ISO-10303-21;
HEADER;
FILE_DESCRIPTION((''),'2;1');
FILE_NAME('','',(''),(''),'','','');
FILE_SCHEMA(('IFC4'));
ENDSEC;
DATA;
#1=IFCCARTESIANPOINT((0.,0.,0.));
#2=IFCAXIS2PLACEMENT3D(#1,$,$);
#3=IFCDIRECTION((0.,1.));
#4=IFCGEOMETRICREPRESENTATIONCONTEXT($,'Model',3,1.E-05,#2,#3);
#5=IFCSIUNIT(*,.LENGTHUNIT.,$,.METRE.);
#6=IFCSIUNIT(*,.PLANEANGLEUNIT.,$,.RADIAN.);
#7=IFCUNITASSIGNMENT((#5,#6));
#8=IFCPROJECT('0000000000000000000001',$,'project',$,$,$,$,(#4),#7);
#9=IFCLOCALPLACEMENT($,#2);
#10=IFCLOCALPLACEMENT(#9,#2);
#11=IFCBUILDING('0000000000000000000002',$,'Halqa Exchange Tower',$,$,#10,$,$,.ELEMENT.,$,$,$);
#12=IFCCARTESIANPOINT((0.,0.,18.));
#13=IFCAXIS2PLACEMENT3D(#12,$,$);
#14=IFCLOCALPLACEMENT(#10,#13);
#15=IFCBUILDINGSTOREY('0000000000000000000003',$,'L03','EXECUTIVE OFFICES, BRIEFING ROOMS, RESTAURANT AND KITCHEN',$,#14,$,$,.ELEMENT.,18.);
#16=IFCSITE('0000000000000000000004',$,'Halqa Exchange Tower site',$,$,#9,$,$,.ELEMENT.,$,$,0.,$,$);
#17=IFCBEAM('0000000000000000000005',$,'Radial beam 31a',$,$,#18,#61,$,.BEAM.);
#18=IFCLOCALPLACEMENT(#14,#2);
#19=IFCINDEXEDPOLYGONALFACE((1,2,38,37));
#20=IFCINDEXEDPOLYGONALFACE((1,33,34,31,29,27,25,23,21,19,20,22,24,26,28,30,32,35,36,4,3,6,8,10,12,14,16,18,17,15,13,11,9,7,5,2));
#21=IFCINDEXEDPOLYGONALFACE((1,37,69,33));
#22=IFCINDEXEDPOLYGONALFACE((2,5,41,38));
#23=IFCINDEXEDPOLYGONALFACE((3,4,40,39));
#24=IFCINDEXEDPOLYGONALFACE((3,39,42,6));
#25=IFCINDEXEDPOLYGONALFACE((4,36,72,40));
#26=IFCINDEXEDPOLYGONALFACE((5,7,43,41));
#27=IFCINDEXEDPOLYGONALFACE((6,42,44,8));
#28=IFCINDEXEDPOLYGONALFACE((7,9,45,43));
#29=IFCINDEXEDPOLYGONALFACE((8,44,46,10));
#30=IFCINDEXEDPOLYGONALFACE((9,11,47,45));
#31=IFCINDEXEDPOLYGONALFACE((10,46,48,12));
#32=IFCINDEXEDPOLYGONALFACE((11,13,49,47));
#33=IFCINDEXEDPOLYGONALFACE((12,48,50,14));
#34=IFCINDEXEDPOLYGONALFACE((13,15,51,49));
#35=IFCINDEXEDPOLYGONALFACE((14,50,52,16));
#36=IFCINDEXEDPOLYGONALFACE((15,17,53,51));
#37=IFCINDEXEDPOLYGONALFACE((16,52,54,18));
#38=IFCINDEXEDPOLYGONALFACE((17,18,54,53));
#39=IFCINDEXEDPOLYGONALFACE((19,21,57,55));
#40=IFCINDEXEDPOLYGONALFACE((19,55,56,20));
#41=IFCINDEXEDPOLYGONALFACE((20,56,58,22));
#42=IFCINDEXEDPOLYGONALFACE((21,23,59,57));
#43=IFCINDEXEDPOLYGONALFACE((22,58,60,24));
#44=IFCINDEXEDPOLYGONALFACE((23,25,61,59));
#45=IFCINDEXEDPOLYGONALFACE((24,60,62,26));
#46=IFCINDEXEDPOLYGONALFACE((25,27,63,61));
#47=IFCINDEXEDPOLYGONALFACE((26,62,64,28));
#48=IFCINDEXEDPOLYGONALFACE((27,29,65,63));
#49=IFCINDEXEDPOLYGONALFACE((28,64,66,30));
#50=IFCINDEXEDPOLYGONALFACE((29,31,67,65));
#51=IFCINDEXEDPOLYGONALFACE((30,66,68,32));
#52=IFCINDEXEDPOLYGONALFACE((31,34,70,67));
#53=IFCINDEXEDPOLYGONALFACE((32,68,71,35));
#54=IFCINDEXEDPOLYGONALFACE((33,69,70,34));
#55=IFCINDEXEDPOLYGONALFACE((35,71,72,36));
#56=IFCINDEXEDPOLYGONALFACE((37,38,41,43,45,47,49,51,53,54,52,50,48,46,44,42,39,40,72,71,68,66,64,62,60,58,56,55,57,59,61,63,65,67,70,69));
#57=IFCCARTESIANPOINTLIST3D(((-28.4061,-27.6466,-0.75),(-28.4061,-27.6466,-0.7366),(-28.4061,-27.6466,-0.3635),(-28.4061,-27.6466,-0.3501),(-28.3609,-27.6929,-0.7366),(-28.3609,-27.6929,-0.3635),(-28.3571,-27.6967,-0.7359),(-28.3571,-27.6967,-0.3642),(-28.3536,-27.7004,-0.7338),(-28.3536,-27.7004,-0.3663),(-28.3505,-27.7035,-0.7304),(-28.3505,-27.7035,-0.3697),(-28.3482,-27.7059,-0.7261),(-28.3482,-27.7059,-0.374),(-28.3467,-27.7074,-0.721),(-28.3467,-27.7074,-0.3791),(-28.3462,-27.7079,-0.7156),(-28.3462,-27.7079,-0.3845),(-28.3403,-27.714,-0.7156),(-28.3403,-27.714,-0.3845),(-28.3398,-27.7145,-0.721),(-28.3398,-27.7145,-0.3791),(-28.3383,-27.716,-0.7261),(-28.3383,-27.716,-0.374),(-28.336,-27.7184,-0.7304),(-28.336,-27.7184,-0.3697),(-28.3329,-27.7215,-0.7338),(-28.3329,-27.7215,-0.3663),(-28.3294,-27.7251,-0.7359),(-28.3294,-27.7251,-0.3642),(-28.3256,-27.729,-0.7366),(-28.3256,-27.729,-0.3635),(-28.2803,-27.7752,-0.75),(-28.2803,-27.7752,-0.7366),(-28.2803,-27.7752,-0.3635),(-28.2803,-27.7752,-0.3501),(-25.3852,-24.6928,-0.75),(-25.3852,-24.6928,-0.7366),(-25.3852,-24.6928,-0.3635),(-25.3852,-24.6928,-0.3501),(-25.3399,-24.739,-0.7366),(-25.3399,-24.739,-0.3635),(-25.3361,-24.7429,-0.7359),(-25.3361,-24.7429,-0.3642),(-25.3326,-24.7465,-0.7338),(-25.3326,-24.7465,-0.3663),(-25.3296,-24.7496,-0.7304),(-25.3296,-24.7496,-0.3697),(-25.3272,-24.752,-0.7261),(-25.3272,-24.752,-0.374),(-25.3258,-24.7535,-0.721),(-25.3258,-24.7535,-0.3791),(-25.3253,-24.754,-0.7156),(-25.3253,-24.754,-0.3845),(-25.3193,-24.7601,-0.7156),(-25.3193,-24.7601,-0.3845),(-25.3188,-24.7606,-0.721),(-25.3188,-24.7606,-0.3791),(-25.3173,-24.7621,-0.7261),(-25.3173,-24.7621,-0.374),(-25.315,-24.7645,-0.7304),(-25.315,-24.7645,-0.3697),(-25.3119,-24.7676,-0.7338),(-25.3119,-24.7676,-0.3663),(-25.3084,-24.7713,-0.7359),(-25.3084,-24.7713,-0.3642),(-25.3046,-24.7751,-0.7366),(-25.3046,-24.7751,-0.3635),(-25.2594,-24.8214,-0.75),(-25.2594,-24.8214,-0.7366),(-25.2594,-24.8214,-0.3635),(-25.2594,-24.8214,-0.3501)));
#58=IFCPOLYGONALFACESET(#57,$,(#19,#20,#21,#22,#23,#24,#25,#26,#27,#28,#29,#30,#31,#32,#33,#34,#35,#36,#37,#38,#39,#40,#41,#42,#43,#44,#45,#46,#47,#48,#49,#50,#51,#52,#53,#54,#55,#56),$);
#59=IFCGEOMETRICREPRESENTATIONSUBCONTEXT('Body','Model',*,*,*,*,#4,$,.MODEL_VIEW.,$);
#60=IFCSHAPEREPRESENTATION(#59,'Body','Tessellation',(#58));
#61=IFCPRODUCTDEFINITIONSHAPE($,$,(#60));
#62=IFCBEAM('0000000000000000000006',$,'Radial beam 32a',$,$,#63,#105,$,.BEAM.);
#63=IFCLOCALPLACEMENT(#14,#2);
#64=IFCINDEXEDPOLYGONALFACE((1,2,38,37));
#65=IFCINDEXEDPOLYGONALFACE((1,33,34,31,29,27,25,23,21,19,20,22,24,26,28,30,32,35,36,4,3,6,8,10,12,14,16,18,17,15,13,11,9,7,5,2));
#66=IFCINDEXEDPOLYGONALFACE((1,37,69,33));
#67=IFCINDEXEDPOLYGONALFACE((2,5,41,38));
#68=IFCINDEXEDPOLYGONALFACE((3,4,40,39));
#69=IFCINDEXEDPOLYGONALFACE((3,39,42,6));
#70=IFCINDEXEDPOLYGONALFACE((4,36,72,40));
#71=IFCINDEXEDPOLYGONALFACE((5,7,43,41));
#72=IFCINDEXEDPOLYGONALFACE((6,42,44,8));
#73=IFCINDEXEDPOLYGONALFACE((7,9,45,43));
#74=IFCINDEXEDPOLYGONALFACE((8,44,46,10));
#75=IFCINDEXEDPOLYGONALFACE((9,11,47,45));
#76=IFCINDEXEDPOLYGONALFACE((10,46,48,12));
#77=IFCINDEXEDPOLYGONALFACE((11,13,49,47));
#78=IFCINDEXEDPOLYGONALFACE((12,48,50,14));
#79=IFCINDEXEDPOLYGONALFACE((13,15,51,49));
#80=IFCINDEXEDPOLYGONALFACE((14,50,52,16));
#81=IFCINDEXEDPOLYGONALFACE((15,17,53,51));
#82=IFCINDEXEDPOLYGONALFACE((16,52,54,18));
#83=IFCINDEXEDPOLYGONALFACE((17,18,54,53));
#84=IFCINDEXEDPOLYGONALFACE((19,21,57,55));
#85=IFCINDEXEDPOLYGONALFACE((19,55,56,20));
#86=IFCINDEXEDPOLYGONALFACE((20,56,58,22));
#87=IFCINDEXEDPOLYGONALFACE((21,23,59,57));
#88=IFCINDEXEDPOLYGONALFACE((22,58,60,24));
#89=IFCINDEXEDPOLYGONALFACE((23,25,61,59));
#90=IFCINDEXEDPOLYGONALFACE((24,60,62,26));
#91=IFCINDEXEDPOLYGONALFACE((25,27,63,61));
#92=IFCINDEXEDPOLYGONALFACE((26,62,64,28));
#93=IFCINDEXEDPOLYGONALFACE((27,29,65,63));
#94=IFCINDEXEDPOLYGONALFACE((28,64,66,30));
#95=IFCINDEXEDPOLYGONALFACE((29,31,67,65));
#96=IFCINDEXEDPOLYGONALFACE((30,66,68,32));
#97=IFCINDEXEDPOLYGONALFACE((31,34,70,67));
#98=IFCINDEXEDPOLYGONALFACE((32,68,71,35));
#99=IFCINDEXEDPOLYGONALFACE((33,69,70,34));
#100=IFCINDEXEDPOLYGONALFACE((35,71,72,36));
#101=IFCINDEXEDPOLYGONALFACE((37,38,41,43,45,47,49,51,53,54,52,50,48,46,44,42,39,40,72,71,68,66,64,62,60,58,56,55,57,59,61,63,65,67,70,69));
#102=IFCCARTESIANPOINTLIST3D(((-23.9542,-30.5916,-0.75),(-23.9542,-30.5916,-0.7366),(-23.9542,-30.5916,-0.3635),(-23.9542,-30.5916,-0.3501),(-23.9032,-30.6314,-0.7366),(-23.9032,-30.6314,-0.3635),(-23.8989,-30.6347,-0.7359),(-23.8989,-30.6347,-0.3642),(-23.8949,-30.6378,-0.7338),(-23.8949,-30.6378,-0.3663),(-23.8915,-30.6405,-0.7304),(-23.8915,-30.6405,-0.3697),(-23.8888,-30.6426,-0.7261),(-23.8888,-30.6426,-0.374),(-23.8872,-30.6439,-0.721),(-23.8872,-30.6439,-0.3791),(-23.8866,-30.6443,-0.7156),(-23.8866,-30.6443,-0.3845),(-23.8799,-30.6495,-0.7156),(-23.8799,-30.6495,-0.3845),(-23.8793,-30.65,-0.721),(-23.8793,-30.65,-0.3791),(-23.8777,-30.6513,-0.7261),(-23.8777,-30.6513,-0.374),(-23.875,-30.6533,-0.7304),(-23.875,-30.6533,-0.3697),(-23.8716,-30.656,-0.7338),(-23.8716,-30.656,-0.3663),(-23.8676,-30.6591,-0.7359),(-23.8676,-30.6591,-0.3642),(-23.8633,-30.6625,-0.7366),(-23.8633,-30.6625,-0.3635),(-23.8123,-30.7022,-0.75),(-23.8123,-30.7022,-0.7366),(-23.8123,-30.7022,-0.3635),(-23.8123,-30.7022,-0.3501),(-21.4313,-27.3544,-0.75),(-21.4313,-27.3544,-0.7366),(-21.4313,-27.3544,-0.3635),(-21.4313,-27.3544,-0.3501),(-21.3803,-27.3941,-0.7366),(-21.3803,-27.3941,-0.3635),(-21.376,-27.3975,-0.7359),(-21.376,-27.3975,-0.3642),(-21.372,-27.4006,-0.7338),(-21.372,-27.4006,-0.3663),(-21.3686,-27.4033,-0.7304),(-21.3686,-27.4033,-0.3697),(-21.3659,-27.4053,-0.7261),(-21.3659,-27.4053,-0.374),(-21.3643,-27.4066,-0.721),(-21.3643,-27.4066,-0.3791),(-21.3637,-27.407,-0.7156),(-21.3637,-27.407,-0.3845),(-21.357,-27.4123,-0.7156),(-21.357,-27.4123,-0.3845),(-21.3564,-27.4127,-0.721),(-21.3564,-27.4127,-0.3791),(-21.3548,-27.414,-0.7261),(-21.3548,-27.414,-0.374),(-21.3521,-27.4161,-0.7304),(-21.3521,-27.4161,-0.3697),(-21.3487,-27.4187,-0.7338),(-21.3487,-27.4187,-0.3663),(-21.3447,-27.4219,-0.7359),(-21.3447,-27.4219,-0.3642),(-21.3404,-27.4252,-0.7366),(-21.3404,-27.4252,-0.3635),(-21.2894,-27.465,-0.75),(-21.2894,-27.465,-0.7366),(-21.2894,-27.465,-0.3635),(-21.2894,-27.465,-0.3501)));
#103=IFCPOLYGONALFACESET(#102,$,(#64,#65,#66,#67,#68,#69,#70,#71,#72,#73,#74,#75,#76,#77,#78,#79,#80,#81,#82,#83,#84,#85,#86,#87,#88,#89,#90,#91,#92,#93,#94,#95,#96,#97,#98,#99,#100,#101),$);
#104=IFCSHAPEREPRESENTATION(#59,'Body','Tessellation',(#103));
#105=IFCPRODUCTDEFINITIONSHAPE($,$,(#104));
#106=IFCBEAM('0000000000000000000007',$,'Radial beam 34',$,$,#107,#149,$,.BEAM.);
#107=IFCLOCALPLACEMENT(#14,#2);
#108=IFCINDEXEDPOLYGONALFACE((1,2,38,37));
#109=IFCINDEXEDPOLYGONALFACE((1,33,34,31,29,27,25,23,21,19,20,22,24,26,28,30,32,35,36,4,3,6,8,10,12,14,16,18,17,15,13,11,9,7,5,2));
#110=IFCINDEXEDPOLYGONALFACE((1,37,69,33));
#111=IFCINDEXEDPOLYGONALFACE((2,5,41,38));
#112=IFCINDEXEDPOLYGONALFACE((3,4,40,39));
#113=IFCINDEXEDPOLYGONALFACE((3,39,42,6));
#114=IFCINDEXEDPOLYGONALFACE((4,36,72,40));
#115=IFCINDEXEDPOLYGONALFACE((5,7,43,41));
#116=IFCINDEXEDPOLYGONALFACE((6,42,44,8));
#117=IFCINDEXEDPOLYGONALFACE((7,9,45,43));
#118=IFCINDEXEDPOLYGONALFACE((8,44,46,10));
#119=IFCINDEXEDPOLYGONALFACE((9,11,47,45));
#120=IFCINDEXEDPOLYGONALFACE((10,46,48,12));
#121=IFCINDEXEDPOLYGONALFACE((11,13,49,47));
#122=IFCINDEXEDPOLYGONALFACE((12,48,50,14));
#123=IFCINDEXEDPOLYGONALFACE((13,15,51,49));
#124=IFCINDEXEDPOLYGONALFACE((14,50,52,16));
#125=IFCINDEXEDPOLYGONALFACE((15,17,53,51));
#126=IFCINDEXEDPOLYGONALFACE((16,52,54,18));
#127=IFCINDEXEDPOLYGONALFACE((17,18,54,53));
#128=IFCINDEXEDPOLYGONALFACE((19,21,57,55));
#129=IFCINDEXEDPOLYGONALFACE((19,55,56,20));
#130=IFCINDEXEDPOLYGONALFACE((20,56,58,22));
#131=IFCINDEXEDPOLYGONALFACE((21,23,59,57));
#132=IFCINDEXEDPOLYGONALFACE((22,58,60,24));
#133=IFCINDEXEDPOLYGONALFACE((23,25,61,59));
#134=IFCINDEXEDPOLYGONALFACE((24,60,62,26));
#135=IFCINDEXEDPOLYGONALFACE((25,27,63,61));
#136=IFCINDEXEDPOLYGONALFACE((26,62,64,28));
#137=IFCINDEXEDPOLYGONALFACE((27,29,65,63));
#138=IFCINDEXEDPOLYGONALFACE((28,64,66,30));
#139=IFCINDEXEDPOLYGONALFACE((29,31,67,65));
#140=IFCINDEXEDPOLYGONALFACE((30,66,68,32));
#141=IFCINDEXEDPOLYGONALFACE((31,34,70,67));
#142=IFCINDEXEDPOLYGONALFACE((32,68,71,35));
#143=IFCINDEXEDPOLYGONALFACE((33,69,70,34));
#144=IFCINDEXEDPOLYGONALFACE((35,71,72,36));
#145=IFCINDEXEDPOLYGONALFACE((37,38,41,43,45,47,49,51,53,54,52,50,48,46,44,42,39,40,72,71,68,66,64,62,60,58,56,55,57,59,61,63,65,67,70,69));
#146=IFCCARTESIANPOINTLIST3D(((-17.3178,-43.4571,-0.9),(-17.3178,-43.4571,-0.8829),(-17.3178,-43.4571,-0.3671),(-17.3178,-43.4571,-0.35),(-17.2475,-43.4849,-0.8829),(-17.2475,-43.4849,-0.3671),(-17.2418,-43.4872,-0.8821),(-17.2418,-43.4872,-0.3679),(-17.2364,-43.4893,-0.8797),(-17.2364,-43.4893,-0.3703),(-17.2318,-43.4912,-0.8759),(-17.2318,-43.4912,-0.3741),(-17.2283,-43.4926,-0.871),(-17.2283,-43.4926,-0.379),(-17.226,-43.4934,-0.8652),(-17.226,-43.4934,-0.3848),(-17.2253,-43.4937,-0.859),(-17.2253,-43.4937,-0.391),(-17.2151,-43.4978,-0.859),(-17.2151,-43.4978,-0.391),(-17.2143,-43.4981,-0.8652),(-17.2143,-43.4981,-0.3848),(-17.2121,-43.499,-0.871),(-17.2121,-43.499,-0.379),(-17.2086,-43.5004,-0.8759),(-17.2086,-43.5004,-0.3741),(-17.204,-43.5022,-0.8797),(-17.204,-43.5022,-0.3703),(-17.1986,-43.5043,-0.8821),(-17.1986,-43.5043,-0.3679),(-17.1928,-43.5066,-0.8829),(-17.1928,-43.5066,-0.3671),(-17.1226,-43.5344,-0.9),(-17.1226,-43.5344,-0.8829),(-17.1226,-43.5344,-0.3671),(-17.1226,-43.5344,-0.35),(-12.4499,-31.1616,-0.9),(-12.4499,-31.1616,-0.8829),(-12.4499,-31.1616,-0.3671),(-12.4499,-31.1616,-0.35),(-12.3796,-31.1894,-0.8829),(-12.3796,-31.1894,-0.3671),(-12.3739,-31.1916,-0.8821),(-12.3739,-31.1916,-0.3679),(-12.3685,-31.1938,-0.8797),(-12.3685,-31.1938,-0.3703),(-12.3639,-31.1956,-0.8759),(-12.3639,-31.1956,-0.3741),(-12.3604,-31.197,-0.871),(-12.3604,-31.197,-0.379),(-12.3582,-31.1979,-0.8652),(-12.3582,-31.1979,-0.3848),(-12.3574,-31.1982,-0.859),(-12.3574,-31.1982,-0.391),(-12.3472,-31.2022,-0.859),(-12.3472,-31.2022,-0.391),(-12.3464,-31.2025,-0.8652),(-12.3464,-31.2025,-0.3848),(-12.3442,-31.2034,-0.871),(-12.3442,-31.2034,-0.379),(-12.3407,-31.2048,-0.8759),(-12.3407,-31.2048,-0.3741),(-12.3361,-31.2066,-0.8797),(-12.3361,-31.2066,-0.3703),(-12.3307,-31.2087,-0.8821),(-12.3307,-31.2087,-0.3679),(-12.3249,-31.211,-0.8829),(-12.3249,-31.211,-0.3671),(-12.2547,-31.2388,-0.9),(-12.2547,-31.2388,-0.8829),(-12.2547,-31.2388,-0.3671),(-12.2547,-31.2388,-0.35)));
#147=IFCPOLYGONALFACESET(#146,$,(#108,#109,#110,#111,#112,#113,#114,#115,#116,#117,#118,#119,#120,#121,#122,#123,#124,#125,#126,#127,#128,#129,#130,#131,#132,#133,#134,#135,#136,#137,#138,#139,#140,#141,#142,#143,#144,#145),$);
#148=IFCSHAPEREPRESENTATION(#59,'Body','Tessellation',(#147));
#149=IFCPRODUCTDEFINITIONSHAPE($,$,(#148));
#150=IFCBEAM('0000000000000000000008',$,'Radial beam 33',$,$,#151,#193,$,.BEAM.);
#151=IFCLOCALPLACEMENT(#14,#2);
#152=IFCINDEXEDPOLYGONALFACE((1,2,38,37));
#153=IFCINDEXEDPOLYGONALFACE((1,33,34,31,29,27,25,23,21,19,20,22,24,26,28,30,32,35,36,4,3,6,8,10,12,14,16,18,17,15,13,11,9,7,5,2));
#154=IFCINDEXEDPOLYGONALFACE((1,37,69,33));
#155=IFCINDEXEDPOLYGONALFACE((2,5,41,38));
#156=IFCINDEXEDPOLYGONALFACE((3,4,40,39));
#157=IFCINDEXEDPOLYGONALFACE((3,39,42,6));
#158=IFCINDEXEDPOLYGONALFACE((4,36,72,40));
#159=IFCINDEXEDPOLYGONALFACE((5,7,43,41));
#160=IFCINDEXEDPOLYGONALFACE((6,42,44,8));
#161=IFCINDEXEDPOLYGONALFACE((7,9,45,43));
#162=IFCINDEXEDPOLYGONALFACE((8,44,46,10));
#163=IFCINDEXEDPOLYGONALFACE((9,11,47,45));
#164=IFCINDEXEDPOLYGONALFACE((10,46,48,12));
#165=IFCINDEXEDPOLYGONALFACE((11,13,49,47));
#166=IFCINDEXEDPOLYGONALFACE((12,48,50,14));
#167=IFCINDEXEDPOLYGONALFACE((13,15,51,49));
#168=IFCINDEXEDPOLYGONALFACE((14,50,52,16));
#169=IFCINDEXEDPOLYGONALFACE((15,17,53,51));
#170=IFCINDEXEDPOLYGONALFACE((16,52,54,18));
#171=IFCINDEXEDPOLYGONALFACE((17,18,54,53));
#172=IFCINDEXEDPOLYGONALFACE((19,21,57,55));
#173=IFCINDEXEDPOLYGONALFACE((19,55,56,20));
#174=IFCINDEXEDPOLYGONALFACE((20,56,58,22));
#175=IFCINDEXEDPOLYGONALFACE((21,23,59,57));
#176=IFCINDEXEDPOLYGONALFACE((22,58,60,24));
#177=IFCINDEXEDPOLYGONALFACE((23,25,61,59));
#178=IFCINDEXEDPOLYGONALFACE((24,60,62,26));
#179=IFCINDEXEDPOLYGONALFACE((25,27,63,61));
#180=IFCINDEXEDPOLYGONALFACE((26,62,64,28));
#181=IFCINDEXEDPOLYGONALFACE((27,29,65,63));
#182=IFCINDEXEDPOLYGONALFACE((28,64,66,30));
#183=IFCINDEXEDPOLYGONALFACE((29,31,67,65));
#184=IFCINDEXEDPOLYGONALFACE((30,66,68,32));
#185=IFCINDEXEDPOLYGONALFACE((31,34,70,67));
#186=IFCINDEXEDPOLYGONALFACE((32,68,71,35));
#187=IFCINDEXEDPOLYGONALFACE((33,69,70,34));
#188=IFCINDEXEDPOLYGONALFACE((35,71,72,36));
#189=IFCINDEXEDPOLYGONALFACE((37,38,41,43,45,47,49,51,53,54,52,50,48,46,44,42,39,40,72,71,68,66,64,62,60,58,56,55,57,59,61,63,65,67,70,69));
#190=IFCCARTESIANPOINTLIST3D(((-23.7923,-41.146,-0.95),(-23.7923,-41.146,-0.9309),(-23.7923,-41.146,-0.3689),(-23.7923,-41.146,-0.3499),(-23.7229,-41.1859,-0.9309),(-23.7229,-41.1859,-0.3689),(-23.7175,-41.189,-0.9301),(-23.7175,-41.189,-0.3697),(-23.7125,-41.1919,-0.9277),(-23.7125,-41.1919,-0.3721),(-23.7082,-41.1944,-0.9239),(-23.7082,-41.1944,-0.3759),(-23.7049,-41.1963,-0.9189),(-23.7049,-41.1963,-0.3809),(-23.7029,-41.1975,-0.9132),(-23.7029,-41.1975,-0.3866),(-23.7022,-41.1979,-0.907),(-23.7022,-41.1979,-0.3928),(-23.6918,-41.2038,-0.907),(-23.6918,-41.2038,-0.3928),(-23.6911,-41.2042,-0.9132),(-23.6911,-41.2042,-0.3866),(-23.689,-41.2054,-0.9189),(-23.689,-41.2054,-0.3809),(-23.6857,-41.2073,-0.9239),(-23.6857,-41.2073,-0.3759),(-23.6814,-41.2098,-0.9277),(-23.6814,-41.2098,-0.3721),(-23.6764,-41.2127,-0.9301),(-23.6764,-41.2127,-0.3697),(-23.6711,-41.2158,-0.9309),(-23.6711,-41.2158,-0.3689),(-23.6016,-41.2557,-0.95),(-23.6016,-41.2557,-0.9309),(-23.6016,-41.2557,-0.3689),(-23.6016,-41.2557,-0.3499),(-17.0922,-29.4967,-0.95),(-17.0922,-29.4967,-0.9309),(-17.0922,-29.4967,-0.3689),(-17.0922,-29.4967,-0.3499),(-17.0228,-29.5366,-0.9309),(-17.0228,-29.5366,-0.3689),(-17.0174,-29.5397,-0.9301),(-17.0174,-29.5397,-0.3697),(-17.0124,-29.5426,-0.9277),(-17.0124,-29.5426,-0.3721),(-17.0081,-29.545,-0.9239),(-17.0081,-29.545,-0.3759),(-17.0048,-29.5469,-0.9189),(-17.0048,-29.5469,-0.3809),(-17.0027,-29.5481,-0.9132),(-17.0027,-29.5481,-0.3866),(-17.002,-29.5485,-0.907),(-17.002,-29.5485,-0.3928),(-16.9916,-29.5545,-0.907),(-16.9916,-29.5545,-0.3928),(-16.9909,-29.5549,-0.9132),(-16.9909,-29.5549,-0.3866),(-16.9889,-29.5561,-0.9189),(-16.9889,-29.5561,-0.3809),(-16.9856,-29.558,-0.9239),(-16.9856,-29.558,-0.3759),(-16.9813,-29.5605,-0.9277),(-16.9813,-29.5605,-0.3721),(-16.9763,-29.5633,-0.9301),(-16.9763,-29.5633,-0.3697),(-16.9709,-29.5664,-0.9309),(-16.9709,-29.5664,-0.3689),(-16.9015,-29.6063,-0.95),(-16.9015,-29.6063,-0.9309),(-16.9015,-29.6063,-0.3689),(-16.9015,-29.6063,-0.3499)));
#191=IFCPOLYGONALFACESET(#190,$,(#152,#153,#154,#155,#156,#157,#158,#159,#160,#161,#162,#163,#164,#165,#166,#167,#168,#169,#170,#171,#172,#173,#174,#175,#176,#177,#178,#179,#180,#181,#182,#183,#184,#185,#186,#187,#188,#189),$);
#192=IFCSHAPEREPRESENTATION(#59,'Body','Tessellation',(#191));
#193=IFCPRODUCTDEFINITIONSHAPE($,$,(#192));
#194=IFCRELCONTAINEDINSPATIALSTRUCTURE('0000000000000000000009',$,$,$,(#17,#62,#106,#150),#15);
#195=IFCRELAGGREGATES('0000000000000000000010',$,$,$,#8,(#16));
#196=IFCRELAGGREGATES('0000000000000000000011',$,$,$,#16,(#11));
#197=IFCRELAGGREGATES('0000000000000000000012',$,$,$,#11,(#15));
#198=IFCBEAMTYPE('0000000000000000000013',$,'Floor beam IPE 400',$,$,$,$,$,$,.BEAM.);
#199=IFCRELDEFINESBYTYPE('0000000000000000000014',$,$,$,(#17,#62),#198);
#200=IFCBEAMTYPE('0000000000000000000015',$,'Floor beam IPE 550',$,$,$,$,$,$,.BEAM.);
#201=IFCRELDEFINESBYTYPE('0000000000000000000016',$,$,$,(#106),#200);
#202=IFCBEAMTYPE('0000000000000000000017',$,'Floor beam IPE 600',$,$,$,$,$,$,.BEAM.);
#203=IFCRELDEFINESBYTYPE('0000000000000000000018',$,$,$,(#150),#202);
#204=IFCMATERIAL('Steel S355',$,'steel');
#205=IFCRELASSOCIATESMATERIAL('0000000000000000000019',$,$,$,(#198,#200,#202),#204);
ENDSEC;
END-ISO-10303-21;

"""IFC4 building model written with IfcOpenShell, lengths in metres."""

from ifc_helpers import new_model, si_unit, direction, frame, origin, origin_2d, place, context, subcontext, project, spatial, i_section, extrude, material, material_profile, profile_set, type_object, element, save


model = new_model("IFC4")

# Units and contexts
model_context = context("Model", 3, precision=1e-05, world=origin(), true_north=direction((0.0, 1.0)))
body_context = subcontext(model_context, "Body", "Model", "MODEL_VIEW")
ifc_project = project(units=[si_unit("LENGTHUNIT", "METRE"), si_unit("PLANEANGLEUNIT", "RADIAN")], contexts=[model_context])

# Site, building, storey
site_placement = place(None, origin())
site = spatial("IfcSite", under=ifc_project, at=site_placement, Name="Halqa Exchange Tower site", CompositionType="ELEMENT", RefElevation=0.0)
building_placement = place(site_placement, origin())
building = spatial("IfcBuilding", under=site, at=building_placement, Name="Halqa Exchange Tower", CompositionType="ELEMENT")
storey_placement = place(building_placement, frame((0.0, 0.0, 18.0)))
storey = spatial("IfcBuildingStorey", under=building, at=storey_placement, Name="L03", Description="EXECUTIVE OFFICES, BRIEFING ROOMS, RESTAURANT AND KITCHEN", CompositionType="ELEMENT", Elevation=18.0)

# Beams
ifc_material_1 = material(Name="Steel S355", Category="steel")
ifc_material_profile_1 = material_profile(ifc_material_1, i_section(OverallWidth=0.1799, OverallDepth=0.3999, WebThickness=0.0085, FlangeThickness=0.0134, FilletRadius=0.021, at=origin_2d()), Name="IPE 400")
ifc_profile_set_1 = profile_set([ifc_material_profile_1], Name="Steel S355")
beam_type_1 = type_object("IfcBeamType", Name="Floor beam IPE 400", PredefinedType="BEAM", material=ifc_profile_set_1)
beam_1_placement = place(storey_placement, frame((-25.3223, -24.7571, -0.55), z_axis=(-0.715007, -0.699117, 0.0), x_axis=(0.699117, -0.715007, 0.0)))
element("IfcBeam", 1, at=beam_1_placement, inside=storey, type_object=beam_type_1, Name="Radial beam 31a", PredefinedType="BEAM", context=body_context, shape_type="SweptSolid", body=[
    extrude(i_section(OverallWidth=0.1799, OverallDepth=0.3999, WebThickness=0.0085, FlangeThickness=0.0134, FilletRadius=0.021, at=origin_2d()), origin(), (0.0, 0.0, 1.0), 4.2251),
])
beam_2_placement = place(storey_placement, frame((-21.3604, -27.4097, -0.55), z_axis=(-0.614706, -0.788756, 0.0), x_axis=(0.788756, -0.614706, 0.0)))
element("IfcBeam", 2, at=beam_2_placement, inside=storey, type_object=beam_type_1, Name="Radial beam 32a", PredefinedType="BEAM", context=body_context, shape_type="SweptSolid", body=[
    extrude(i_section(OverallWidth=0.1799, OverallDepth=0.3999, WebThickness=0.0085, FlangeThickness=0.0134, FilletRadius=0.021, at=origin_2d()), origin(), (0.0, 0.0, 1.0), 4.1042),
])
ifc_material_profile_2 = material_profile(ifc_material_1, i_section(OverallWidth=0.21, OverallDepth=0.55, WebThickness=0.011, FlangeThickness=0.0171, FilletRadius=0.0239, at=origin_2d()), Name="IPE 550")
ifc_profile_set_2 = profile_set([ifc_material_profile_2], Name="Steel S355")
beam_type_2 = type_object("IfcBeamType", Name="Floor beam IPE 550", PredefinedType="BEAM", material=ifc_profile_set_2)
beam_3_placement = place(storey_placement, frame((-12.3523, -31.2002, -0.625), z_axis=(-0.368107, -0.929784, 0.0), x_axis=(0.929784, -0.368107, 0.0)))
element("IfcBeam", 3, at=beam_3_placement, inside=storey, type_object=beam_type_2, Name="Radial beam 34", PredefinedType="BEAM", context=body_context, shape_type="SweptSolid", body=[
    extrude(i_section(OverallWidth=0.21, OverallDepth=0.55, WebThickness=0.011, FlangeThickness=0.0171, FilletRadius=0.0239, at=origin_2d()), origin(), (0.0, 0.0, 1.0), 13.2241),
])
ifc_material_profile_3 = material_profile(ifc_material_1, i_section(OverallWidth=0.22, OverallDepth=0.6001, WebThickness=0.012, FlangeThickness=0.019, FilletRadius=0.0239, at=origin_2d()), Name="IPE 600")
ifc_profile_set_3 = profile_set([ifc_material_profile_3], Name="Steel S355")
beam_type_3 = type_object("IfcBeamType", Name="Floor beam IPE 600", PredefinedType="BEAM", material=ifc_profile_set_3)
beam_4_placement = place(storey_placement, frame((-16.9968, -29.5515, -0.6499), z_axis=(-0.498571, -0.866849, 0.0), x_axis=(0.866849, -0.498571, 0.0)))
element("IfcBeam", 4, at=beam_4_placement, inside=storey, type_object=beam_type_3, Name="Radial beam 33", PredefinedType="BEAM", context=body_context, shape_type="SweptSolid", body=[
    extrude(i_section(OverallWidth=0.22, OverallDepth=0.6001, WebThickness=0.012, FlangeThickness=0.019, FilletRadius=0.0239, at=origin_2d()), origin(), (0.0, 0.0, 1.0), 13.4387),
])

save(model, "model.ifc")
